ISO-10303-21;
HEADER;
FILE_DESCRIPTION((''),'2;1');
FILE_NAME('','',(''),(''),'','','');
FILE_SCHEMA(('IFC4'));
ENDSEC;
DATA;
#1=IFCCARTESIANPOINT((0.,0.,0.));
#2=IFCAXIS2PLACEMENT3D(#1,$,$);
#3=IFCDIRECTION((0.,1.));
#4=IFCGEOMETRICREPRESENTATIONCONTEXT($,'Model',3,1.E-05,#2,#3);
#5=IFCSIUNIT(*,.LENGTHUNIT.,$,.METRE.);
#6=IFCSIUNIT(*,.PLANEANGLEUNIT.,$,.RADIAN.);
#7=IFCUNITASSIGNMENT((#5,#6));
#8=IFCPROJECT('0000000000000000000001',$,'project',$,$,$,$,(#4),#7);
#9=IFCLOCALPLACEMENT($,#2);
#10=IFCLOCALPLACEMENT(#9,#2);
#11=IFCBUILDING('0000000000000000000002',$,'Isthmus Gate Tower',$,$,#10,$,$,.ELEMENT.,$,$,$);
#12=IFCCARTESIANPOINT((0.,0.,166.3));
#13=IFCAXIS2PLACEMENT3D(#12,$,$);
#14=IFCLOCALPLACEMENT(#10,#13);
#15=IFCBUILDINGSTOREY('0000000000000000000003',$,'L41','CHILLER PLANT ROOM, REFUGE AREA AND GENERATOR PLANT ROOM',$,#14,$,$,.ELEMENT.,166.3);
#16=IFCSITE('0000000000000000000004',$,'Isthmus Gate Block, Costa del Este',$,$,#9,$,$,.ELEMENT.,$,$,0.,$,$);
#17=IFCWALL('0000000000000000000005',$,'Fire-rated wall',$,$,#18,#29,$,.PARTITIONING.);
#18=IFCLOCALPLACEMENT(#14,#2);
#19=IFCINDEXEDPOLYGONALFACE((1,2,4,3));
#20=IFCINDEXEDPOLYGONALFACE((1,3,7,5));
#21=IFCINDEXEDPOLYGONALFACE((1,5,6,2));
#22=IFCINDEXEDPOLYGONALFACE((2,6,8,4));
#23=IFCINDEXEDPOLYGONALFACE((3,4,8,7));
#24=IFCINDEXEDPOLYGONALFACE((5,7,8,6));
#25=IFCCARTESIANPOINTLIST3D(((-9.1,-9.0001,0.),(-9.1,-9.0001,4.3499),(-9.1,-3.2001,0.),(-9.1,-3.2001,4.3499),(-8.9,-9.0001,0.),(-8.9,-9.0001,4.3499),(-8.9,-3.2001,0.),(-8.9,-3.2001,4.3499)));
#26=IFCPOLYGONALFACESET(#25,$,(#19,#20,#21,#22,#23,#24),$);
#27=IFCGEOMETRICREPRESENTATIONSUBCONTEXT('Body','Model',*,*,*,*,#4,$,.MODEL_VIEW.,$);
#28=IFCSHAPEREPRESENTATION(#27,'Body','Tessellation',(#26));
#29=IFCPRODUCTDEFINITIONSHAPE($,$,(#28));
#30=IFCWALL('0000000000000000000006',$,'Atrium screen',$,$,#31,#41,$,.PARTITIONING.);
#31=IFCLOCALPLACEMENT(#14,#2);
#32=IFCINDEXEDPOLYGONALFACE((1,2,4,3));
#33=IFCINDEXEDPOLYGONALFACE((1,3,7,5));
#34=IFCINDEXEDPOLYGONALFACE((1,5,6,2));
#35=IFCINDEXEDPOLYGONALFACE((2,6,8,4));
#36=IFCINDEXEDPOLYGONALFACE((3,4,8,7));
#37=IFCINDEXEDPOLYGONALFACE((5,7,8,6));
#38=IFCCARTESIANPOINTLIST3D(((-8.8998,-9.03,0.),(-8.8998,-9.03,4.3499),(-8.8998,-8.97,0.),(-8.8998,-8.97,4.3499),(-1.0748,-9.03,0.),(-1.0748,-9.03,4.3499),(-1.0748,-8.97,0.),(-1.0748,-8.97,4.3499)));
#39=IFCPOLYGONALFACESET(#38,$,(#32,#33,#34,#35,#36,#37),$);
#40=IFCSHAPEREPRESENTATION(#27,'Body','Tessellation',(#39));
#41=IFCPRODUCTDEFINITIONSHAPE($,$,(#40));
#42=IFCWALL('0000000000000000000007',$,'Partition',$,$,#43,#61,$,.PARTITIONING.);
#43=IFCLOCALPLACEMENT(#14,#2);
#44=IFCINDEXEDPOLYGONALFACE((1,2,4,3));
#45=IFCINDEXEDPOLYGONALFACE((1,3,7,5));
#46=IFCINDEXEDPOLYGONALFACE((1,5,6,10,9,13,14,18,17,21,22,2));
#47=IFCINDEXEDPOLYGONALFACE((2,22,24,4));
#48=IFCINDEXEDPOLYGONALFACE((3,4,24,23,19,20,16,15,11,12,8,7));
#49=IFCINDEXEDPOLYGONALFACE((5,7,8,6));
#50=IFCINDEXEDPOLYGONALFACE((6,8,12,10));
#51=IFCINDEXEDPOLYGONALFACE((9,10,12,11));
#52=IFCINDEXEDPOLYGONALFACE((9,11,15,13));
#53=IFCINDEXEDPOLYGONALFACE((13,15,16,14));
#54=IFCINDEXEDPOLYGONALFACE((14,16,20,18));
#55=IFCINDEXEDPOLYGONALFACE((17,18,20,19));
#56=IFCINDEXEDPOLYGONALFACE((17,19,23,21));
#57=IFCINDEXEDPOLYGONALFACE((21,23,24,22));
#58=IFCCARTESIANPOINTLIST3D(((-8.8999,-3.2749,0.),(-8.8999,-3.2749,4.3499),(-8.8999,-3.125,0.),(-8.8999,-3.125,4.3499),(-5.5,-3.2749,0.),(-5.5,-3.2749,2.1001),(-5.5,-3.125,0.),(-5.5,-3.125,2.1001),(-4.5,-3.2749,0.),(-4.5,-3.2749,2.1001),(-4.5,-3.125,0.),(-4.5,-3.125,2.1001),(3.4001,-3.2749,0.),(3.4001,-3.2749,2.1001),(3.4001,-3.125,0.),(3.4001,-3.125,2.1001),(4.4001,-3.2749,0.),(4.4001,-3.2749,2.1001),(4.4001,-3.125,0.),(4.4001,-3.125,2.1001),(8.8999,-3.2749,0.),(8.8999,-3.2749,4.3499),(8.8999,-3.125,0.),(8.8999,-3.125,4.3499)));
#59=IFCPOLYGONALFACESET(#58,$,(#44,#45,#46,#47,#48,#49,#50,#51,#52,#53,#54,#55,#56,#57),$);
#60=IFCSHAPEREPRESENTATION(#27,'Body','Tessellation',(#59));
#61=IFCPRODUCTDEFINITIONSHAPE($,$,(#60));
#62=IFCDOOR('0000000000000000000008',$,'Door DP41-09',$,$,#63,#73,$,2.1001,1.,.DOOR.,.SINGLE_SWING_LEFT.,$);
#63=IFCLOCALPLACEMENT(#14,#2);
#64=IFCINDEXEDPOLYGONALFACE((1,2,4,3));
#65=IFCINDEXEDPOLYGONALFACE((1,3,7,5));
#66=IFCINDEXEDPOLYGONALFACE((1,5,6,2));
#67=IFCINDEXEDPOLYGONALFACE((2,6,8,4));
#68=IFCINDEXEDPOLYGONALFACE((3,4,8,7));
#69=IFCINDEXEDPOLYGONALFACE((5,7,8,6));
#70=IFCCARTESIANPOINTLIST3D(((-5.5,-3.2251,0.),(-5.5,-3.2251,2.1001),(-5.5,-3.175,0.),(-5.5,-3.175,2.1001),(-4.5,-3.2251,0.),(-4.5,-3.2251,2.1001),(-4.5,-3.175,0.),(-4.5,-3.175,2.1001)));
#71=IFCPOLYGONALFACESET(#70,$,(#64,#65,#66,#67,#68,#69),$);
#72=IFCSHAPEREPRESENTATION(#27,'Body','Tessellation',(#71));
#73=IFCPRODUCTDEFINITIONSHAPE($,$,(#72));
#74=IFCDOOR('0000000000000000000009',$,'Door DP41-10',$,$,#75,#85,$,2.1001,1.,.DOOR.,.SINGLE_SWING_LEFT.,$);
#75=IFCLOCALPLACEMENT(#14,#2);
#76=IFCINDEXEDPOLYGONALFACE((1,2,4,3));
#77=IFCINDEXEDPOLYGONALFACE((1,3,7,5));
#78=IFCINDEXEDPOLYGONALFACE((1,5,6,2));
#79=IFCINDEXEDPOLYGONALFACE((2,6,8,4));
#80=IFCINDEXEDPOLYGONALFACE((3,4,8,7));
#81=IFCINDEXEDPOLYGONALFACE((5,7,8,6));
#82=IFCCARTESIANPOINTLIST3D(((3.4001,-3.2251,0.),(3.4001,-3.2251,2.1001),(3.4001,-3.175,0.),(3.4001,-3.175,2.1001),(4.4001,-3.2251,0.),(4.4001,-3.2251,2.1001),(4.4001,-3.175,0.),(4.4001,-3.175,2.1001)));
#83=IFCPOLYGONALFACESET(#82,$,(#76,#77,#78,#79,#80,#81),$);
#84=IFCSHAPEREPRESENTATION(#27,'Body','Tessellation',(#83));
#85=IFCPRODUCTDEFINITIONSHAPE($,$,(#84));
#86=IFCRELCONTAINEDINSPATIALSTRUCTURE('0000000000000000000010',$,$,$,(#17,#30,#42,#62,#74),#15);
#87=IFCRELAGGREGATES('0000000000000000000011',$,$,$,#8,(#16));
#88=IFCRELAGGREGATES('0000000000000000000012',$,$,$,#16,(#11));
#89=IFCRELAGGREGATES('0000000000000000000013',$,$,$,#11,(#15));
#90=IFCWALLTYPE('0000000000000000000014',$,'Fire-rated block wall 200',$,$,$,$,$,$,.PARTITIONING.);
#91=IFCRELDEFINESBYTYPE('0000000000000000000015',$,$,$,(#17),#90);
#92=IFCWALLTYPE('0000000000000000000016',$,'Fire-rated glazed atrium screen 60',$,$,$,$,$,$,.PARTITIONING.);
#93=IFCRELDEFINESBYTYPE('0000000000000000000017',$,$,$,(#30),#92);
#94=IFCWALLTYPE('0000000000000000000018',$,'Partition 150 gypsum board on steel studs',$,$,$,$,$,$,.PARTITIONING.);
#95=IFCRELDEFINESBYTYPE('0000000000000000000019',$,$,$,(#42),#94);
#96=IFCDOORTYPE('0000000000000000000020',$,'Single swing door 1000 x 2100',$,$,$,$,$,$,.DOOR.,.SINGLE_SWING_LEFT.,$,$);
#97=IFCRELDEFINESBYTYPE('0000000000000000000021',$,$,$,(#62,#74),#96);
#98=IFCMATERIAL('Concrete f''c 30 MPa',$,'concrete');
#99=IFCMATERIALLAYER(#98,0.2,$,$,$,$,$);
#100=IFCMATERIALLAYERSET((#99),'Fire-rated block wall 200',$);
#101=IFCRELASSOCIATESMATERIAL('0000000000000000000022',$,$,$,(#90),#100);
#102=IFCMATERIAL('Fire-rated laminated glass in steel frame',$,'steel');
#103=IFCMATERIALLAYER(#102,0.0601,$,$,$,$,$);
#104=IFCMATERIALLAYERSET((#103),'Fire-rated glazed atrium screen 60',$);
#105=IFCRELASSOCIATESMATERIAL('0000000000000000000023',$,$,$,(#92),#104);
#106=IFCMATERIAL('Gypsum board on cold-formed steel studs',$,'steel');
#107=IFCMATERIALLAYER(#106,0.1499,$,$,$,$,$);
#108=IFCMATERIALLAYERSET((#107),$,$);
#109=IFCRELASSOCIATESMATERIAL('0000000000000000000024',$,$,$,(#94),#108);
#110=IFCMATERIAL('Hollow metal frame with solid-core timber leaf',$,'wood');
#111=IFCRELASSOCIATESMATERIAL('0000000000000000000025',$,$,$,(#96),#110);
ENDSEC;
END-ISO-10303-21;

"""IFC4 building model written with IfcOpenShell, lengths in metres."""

from ifc_helpers import new_model, si_unit, direction, frame, frame_2d, origin, place, context, subcontext, project, spatial, rectangle, extrude, material, layer, layer_set, type_object, element, fill, save


model = new_model("IFC4")

# Units and contexts
model_context = context("Model", 3, precision=1e-05, world=origin(), true_north=direction((0.0, 1.0)))
body_context = subcontext(model_context, "Body", "Model", "MODEL_VIEW")
ifc_project = project(units=[si_unit("LENGTHUNIT", "METRE"), si_unit("PLANEANGLEUNIT", "RADIAN")], contexts=[model_context])

# Site, building, storey
site_placement = place(None, origin())
site = spatial("IfcSite", under=ifc_project, at=site_placement, Name="Isthmus Gate Block, Costa del Este", CompositionType="ELEMENT", RefElevation=0.0)
building_placement = place(site_placement, origin())
building = spatial("IfcBuilding", under=site, at=building_placement, Name="Isthmus Gate Tower", CompositionType="ELEMENT")
storey_placement = place(building_placement, frame((0.0, 0.0, 166.3)))
storey = spatial("IfcBuildingStorey", under=building, at=storey_placement, Name="L41", Description="CHILLER PLANT ROOM, REFUGE AREA AND GENERATOR PLANT ROOM", CompositionType="ELEMENT", Elevation=166.3)

# Shared definitions
ifc_material_1 = material(Name="Concrete f'c 30 MPa", Category="concrete")
ifc_layer_1 = layer(ifc_material_1, 0.2)
ifc_layer_set_1 = layer_set([ifc_layer_1], Name="Fire-rated block wall 200")
wall_type_1 = type_object("IfcWallType", Name="Fire-rated block wall 200", PredefinedType="PARTITIONING", material=ifc_layer_set_1)

# Walls
wall_1_placement = place(storey_placement, frame((-9.0, -9.0, 0.0), z_axis=(0.0, 0.0, 1.0), x_axis=(0.0, 1.0, 0.0)))
element("IfcWall", 1, at=wall_1_placement, inside=storey, type_object=wall_type_1, Name="Fire-rated wall", PredefinedType="PARTITIONING", context=body_context, shape_type="SweptSolid", body=[
    extrude(rectangle(XDim=5.8, YDim=0.2, at=frame_2d((2.8999, 0.0))), origin(), (0.0, 0.0, 1.0), 4.3499),
])
ifc_material_2 = material(Name="Fire-rated laminated glass in steel frame", Category="steel")
ifc_layer_2 = layer(ifc_material_2, 0.0601)
ifc_layer_set_2 = layer_set([ifc_layer_2], Name="Fire-rated glazed atrium screen 60")
wall_type_2 = type_object("IfcWallType", Name="Fire-rated glazed atrium screen 60", PredefinedType="PARTITIONING", material=ifc_layer_set_2)
wall_2_placement = place(storey_placement, frame((-8.8999, -9.0, 0.0), z_axis=(0.0, 0.0, 1.0), x_axis=(1.0, 0.0, 0.0)))
element("IfcWall", 2, at=wall_2_placement, inside=storey, type_object=wall_type_2, Name="Atrium screen", PredefinedType="PARTITIONING", context=body_context, shape_type="SweptSolid", body=[
    extrude(rectangle(XDim=7.825, YDim=0.0601, at=frame_2d((3.9126, 0.0))), origin(), (0.0, 0.0, 1.0), 4.3499),
])

# Wall, openings, doors
ifc_material_3 = material(Name="Gypsum board on cold-formed steel studs", Category="steel")
ifc_layer_3 = layer(ifc_material_3, 0.1499)
ifc_layer_set_3 = layer_set([ifc_layer_3])
wall_type_3 = type_object("IfcWallType", Name="Partition 150 gypsum board on steel studs", PredefinedType="PARTITIONING", material=ifc_layer_set_3)
wall_3_placement = place(storey_placement, frame((-8.8999, -3.2, 0.0), z_axis=(0.0, 0.0, 1.0), x_axis=(1.0, 0.0, 0.0)))
wall_3 = element("IfcWall", 3, at=wall_3_placement, inside=storey, type_object=wall_type_3, Name="Partition", PredefinedType="PARTITIONING", context=body_context, shape_type="SweptSolid", body=[
    extrude(rectangle(XDim=17.7998, YDim=0.1499, at=frame_2d((8.8999, 0.0))), origin(), (0.0, 0.0, 1.0), 4.3499),
])
opening_1_placement = place(wall_3_placement, frame((3.3999, 0.0, 0.0)))
opening_1 = element("IfcOpeningElement", 4, at=opening_1_placement, cuts=wall_3, PredefinedType="OPENING", context=body_context, shape_type="SweptSolid", body=[
    extrude(rectangle(XDim=1.0, YDim=2.1001, at=frame_2d((0.5, 1.05))), frame((0.0, 0.085, 0.0), z_axis=(0.0, -1.0, 0.0), x_axis=(1.0, 0.0, 0.0)), (0.0, 0.0, 1.0), 0.1699),
])
opening_2_placement = place(wall_3_placement, frame((12.3, 0.0, 0.0)))
opening_2 = element("IfcOpeningElement", 5, at=opening_2_placement, cuts=wall_3, PredefinedType="OPENING", context=body_context, shape_type="SweptSolid", body=[
    extrude(rectangle(XDim=1.0, YDim=2.1001, at=frame_2d((0.5, 1.05))), frame((0.0, 0.085, 0.0), z_axis=(0.0, -1.0, 0.0), x_axis=(1.0, 0.0, 0.0)), (0.0, 0.0, 1.0), 0.1699),
])
ifc_material_4 = material(Name="Hollow metal frame with solid-core timber leaf", Category="wood")
door_type_1 = type_object("IfcDoorType", Name="Single swing door 1000 x 2100", OperationType="SINGLE_SWING_LEFT", PredefinedType="DOOR", material=ifc_material_4)
door_1_placement = place(opening_1_placement, origin())
door_1 = element("IfcDoor", 6, at=door_1_placement, inside=storey, type_object=door_type_1, Name="Door DP41-09", OperationType="SINGLE_SWING_LEFT", OverallHeight=2.1001, OverallWidth=1.0, PredefinedType="DOOR", context=body_context, shape_type="SweptSolid", body=[
    extrude(rectangle(XDim=1.0, YDim=2.1001, at=frame_2d((0.5, 1.05))), frame((0.0, 0.0249, 0.0), z_axis=(0.0, -1.0, 0.0), x_axis=(1.0, 0.0, 0.0)), (0.0, 0.0, 1.0), 0.05),
])
fill(opening_1, door_1)
door_2_placement = place(opening_2_placement, origin())
door_2 = element("IfcDoor", 7, at=door_2_placement, inside=storey, type_object=door_type_1, Name="Door DP41-10", OperationType="SINGLE_SWING_LEFT", OverallHeight=2.1001, OverallWidth=1.0, PredefinedType="DOOR", context=body_context, shape_type="SweptSolid", body=[
    extrude(rectangle(XDim=1.0, YDim=2.1001, at=frame_2d((0.5, 1.05))), frame((0.0, 0.0249, 0.0), z_axis=(0.0, -1.0, 0.0), x_axis=(1.0, 0.0, 0.0)), (0.0, 0.0, 1.0), 0.05),
])
fill(opening_2, door_2)

save(model, "model.ifc")
